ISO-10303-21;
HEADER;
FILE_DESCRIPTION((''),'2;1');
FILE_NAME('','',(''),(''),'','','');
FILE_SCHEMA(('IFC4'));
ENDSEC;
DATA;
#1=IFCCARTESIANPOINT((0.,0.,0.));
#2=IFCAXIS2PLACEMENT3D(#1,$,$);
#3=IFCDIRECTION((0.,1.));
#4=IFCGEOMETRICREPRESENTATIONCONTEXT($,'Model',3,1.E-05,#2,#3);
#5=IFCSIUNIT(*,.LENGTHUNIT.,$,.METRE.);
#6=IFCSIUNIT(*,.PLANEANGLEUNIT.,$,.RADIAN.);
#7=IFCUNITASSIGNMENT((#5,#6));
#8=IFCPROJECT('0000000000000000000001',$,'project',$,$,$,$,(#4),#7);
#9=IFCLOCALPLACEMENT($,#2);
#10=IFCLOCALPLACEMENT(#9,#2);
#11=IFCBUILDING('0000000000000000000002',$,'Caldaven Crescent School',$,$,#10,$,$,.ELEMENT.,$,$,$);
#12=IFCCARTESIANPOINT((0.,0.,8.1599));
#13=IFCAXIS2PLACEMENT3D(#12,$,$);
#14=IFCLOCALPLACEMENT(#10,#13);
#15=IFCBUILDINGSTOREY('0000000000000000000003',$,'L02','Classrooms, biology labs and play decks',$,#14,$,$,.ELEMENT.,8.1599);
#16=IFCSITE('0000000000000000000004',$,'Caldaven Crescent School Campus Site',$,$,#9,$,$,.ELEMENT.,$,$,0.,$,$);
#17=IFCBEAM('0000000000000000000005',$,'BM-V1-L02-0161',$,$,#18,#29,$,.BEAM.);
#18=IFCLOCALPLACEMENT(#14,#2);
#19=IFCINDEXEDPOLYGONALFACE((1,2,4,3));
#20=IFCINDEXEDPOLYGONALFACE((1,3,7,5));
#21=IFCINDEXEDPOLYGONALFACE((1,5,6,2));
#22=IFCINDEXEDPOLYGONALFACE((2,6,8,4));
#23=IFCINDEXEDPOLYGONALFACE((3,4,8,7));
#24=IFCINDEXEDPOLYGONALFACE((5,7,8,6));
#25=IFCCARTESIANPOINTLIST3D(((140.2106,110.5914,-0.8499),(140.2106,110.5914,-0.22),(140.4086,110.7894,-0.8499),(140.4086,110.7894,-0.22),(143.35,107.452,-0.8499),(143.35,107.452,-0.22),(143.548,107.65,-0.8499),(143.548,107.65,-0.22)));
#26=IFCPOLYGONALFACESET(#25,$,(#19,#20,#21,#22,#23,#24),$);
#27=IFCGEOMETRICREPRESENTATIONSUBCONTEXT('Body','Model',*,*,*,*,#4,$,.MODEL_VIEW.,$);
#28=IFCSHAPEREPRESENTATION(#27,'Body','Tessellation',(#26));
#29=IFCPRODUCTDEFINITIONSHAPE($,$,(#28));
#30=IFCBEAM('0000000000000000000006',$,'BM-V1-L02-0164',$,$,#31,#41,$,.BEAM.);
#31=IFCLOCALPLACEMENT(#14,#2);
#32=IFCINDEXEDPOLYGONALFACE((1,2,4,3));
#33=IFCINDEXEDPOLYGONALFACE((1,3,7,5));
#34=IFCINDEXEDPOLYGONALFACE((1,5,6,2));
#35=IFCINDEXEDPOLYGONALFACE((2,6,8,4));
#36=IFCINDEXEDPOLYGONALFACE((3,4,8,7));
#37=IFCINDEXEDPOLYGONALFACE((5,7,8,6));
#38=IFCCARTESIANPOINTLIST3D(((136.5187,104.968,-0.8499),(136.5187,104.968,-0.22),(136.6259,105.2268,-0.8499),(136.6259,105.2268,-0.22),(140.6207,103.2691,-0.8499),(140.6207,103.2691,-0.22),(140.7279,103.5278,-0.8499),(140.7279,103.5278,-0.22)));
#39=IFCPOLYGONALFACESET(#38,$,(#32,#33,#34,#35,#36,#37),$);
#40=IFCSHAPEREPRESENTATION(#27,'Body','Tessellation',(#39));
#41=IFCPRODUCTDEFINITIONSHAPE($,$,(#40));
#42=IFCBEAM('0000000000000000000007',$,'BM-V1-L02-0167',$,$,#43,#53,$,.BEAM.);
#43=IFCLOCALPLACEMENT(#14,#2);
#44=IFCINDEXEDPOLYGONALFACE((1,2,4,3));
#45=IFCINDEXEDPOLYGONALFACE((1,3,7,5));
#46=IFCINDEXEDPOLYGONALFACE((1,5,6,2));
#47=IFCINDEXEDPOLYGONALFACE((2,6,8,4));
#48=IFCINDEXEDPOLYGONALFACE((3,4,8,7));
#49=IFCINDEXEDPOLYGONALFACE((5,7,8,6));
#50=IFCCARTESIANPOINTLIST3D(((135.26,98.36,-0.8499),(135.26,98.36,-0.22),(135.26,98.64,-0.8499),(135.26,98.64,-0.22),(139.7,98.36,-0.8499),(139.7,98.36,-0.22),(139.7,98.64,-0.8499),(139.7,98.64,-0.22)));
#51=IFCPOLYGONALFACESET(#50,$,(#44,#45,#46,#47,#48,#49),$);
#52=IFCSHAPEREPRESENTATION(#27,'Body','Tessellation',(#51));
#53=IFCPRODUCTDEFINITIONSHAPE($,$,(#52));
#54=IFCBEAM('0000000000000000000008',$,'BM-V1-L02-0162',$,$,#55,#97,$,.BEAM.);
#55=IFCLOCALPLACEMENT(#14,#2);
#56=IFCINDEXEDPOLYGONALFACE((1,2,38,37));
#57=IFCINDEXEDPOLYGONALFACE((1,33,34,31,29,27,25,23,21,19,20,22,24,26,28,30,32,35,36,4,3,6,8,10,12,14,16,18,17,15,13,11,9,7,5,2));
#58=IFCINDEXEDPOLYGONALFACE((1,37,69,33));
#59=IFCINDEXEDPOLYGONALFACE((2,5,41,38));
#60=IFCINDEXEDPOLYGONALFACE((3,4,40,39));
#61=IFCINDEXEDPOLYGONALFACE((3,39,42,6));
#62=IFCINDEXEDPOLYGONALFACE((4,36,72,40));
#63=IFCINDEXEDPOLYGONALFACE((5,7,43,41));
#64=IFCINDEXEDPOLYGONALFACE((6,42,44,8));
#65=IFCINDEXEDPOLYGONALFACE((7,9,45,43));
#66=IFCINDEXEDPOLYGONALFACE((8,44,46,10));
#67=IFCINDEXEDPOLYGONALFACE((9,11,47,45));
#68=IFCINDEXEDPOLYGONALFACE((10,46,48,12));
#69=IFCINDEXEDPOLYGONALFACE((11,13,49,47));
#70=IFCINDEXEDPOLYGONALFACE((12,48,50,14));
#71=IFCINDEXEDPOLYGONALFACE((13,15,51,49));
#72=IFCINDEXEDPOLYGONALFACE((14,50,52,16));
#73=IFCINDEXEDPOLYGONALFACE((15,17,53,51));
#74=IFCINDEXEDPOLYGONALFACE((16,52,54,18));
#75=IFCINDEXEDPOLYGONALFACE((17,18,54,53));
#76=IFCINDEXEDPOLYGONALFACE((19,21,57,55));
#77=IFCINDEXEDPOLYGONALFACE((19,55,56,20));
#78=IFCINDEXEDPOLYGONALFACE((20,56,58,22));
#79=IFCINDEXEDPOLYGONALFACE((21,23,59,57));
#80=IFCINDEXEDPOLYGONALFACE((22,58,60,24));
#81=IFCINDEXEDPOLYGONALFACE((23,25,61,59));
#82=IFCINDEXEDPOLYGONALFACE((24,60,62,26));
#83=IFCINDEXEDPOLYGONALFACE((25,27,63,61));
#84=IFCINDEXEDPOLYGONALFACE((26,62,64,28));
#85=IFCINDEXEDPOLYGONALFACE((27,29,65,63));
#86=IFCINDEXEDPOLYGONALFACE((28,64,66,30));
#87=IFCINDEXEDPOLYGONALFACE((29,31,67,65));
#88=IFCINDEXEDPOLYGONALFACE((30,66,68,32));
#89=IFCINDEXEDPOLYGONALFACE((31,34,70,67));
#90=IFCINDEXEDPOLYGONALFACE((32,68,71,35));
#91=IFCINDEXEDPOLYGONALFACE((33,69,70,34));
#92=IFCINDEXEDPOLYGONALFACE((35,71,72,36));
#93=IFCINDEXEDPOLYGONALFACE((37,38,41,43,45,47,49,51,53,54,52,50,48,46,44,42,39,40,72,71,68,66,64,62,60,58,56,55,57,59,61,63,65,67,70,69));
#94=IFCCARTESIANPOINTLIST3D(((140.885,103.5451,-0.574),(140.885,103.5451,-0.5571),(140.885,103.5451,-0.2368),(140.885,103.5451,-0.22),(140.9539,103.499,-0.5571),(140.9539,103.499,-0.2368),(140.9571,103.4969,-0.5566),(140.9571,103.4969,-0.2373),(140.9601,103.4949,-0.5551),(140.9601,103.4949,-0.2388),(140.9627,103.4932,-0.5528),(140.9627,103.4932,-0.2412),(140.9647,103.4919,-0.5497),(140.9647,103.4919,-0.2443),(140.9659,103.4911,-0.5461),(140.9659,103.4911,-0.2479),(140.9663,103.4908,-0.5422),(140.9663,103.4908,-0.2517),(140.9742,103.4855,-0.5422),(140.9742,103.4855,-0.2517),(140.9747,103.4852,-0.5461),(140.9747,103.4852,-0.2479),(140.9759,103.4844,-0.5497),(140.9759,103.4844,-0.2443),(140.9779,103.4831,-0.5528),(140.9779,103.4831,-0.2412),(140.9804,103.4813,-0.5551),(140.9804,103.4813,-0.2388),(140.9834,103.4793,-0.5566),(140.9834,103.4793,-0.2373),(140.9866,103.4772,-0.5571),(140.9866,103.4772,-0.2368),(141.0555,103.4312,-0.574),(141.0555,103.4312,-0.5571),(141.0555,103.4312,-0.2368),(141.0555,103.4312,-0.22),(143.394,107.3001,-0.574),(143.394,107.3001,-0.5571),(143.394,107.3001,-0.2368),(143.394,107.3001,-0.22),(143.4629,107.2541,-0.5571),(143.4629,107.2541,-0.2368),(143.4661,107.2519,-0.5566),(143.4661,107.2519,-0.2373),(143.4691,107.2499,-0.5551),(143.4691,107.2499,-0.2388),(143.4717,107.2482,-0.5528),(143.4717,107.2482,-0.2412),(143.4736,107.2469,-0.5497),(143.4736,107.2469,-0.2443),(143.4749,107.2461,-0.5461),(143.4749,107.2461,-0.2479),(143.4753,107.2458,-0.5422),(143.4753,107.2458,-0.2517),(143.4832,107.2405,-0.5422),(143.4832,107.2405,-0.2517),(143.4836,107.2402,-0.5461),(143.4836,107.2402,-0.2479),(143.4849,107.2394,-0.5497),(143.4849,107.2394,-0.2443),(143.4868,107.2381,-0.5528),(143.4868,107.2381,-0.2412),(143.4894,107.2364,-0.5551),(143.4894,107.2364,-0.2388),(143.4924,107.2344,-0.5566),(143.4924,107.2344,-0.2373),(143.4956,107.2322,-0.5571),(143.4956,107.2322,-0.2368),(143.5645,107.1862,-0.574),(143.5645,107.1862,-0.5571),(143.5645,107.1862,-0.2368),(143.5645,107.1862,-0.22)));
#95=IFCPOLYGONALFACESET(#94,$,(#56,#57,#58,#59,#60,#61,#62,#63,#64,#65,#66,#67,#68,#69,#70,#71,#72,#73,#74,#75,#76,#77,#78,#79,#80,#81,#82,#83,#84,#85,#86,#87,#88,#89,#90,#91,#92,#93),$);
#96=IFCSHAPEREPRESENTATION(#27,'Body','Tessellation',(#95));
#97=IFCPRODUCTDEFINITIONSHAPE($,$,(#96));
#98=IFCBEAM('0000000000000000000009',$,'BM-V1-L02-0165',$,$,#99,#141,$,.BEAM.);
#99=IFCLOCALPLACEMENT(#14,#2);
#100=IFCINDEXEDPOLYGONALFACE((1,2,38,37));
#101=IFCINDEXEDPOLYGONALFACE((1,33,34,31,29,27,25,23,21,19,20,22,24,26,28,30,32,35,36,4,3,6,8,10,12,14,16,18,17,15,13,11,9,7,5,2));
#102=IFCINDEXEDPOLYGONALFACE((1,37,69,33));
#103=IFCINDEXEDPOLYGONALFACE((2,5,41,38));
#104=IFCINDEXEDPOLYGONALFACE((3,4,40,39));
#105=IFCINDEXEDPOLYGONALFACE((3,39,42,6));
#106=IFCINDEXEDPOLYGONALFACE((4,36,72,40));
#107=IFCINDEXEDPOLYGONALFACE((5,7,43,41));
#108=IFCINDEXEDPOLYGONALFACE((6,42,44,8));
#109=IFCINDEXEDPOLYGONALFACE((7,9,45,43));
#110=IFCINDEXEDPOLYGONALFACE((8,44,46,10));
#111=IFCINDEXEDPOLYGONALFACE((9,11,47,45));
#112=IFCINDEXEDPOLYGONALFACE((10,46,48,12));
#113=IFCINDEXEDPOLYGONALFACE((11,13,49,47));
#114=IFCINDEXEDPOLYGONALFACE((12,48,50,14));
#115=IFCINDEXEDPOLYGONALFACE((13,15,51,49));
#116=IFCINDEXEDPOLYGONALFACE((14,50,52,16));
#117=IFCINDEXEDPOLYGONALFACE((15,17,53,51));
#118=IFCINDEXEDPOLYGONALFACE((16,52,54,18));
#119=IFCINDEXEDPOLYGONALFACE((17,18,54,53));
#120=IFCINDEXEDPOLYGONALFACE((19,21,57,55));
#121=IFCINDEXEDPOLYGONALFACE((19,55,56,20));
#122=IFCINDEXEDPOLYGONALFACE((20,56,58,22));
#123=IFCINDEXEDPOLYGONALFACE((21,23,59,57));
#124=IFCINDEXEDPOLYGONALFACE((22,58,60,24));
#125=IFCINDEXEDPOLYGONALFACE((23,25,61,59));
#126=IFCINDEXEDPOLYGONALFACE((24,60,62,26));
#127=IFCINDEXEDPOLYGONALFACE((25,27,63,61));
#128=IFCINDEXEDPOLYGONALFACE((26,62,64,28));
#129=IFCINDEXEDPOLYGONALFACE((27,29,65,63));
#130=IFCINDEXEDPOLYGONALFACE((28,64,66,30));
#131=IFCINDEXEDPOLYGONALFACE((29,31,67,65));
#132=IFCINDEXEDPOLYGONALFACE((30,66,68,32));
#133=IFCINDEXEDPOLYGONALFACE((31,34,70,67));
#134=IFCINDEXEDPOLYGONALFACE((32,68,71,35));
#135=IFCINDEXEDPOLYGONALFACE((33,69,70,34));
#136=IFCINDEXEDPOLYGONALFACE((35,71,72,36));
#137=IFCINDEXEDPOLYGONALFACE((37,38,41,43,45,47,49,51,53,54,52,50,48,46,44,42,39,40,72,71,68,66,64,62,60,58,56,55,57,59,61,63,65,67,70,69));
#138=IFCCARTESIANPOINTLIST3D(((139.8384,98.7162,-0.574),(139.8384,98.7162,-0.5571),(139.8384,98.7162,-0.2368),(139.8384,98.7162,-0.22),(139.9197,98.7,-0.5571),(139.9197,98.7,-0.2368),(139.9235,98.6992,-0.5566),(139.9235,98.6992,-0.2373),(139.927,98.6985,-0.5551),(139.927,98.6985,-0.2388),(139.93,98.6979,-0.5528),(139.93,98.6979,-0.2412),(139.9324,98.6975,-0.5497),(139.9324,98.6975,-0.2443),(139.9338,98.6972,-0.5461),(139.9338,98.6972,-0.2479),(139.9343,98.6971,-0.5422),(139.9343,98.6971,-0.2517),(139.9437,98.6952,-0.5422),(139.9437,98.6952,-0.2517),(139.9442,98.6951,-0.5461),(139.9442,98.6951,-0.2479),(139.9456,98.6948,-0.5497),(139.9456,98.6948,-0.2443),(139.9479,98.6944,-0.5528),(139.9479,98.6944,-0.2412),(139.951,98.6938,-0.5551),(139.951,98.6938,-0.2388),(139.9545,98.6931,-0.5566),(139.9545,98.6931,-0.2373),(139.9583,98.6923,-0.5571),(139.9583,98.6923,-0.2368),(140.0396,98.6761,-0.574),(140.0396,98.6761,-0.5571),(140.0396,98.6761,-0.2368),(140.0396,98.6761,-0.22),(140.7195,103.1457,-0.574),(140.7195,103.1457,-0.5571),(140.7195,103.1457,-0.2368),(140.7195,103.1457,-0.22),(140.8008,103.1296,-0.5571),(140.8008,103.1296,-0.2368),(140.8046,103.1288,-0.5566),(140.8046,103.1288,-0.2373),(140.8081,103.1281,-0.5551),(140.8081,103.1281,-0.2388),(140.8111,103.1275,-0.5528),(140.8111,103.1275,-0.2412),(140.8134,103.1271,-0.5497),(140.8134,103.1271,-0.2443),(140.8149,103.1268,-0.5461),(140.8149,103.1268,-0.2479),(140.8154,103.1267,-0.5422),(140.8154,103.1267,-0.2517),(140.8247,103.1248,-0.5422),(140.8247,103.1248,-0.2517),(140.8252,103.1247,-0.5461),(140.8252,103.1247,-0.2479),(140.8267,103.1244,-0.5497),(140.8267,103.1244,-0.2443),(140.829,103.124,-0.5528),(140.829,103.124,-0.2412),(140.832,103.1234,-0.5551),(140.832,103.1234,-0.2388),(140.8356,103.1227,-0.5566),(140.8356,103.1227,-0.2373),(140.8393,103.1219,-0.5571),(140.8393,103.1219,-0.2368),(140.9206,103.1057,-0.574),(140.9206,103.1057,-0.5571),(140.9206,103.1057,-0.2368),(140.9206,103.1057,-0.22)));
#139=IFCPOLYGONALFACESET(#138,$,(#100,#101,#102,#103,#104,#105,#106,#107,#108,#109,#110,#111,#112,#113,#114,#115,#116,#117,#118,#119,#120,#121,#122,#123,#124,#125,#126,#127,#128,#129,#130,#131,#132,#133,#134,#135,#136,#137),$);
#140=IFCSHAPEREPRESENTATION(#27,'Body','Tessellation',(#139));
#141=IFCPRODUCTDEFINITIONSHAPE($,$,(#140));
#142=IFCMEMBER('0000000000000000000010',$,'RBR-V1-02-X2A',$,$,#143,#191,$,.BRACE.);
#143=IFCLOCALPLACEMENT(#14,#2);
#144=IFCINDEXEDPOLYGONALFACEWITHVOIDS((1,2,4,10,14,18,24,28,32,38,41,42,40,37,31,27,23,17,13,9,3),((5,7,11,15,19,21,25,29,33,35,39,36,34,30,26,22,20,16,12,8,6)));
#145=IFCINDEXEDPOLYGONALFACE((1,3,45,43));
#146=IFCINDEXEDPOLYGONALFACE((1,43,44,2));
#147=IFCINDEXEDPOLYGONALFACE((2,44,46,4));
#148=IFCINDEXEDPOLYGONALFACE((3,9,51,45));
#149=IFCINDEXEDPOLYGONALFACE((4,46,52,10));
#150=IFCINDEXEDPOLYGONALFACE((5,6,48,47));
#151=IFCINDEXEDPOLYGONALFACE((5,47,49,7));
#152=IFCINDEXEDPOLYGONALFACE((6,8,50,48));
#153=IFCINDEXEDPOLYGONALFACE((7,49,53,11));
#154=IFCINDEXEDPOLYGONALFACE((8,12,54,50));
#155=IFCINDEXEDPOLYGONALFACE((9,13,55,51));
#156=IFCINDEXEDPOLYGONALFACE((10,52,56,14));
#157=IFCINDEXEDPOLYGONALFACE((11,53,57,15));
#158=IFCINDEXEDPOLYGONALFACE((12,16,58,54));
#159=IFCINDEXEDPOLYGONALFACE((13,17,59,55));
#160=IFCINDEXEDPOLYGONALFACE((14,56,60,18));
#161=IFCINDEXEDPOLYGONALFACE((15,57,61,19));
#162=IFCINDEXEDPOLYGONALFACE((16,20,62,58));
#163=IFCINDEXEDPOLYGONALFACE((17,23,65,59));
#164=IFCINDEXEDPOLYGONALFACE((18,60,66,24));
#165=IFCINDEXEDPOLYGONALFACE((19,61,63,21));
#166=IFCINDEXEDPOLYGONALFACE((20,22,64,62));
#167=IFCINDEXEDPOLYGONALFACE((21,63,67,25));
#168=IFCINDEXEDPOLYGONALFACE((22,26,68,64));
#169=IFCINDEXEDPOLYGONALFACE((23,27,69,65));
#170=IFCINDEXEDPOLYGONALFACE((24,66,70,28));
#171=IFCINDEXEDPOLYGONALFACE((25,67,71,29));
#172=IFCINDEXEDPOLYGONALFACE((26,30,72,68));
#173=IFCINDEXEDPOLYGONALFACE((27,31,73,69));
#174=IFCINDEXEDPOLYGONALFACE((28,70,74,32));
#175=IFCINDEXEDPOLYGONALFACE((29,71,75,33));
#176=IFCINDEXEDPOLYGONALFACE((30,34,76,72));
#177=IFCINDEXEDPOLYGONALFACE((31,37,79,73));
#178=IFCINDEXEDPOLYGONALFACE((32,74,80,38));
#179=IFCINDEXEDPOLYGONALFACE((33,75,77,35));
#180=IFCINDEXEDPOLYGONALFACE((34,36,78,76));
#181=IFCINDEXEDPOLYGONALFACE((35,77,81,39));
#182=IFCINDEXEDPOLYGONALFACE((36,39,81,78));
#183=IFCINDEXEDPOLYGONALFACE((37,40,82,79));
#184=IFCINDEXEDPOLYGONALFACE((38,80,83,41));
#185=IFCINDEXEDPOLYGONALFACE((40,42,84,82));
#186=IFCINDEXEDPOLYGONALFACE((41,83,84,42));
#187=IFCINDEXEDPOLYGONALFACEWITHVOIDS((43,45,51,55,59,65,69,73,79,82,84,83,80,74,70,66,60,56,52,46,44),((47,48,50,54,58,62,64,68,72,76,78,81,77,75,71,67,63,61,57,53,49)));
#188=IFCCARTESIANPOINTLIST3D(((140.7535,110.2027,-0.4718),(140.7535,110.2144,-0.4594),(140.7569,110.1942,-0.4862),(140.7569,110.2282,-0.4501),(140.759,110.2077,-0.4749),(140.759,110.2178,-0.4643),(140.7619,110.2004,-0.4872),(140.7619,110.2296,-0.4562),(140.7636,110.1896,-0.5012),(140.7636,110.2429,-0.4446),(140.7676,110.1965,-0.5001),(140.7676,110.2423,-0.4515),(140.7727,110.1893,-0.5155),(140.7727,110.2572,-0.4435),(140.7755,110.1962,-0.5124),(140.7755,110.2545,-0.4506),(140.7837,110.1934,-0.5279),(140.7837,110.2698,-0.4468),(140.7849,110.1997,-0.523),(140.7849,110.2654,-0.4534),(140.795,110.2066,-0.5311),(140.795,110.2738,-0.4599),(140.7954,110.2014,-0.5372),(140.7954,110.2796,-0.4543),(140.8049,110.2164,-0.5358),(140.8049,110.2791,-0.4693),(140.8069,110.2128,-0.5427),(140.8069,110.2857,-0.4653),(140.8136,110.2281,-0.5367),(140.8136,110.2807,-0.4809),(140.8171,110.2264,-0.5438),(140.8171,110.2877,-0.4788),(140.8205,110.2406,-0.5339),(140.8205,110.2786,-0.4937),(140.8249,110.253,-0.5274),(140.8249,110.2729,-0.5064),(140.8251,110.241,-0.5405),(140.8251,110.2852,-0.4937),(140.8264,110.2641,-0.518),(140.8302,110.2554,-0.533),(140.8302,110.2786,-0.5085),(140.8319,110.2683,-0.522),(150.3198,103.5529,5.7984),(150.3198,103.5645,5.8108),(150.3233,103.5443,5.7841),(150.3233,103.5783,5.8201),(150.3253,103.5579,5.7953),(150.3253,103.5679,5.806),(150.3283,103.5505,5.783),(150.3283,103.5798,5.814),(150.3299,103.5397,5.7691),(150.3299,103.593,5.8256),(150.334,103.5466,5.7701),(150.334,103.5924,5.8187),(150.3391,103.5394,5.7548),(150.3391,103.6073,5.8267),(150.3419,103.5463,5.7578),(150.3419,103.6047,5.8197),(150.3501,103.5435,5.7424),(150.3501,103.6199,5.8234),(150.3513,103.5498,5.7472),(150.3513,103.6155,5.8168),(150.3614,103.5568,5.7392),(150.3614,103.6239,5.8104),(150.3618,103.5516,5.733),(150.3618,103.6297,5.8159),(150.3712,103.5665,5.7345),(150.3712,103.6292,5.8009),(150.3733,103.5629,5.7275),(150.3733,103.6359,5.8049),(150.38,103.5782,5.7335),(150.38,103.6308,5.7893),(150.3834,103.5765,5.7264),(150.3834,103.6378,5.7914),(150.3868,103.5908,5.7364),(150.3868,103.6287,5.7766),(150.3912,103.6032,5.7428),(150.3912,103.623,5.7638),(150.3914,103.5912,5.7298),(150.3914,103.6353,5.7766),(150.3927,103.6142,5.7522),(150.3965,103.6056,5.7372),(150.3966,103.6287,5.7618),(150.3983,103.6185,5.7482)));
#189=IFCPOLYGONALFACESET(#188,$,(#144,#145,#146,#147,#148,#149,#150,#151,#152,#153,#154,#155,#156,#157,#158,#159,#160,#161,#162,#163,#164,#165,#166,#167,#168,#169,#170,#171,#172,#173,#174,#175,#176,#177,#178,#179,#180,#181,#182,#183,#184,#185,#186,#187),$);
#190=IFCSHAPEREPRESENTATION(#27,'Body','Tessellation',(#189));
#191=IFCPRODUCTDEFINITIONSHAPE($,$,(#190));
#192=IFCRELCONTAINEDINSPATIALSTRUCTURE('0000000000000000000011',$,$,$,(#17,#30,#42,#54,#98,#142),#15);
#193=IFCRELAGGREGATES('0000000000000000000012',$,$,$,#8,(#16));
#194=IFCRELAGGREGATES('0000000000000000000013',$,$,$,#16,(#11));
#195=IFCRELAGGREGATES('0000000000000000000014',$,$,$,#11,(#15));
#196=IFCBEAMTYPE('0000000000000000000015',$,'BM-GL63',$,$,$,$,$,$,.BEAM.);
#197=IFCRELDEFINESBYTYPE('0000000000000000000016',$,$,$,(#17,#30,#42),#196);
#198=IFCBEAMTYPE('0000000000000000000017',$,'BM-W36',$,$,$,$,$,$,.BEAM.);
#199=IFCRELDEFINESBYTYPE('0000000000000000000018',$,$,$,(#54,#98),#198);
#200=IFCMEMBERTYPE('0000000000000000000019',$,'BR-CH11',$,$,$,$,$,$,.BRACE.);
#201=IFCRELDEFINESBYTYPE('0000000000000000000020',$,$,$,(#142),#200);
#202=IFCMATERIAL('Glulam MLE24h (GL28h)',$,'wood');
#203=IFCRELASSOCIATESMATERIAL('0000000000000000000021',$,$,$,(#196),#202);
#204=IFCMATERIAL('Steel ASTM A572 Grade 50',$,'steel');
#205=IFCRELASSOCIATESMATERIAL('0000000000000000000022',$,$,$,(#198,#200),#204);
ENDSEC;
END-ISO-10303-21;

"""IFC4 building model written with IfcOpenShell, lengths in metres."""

from ifc_helpers import new_model, si_unit, direction, frame, origin, origin_2d, place, context, subcontext, project, spatial, rectangle, hollow_circle, i_section, extrude, material, material_profile, profile_set, type_object, element, save


model = new_model("IFC4")

# Units and contexts
model_context = context("Model", 3, precision=1e-05, world=origin(), true_north=direction((0.0, 1.0)))
body_context = subcontext(model_context, "Body", "Model", "MODEL_VIEW")
ifc_project = project(units=[si_unit("LENGTHUNIT", "METRE"), si_unit("PLANEANGLEUNIT", "RADIAN")], contexts=[model_context])

# Site, building, storey
site_placement = place(None, origin())
site = spatial("IfcSite", under=ifc_project, at=site_placement, Name="Caldaven Crescent School Campus Site", CompositionType="ELEMENT", RefElevation=0.0)
building_placement = place(site_placement, origin())
building = spatial("IfcBuilding", under=site, at=building_placement, Name="Caldaven Crescent School", CompositionType="ELEMENT")
storey_placement = place(building_placement, frame((0.0, 0.0, 8.1599)))
storey = spatial("IfcBuildingStorey", under=building, at=storey_placement, Name="L02", Description="Classrooms, biology labs and play decks", CompositionType="ELEMENT", Elevation=8.1599)

# Beams
ifc_material_1 = material(Name="Glulam MLE24h (GL28h)", Category="wood")
ifc_material_profile_1 = material_profile(ifc_material_1, rectangle(XDim=0.28, YDim=0.6299, at=origin_2d()), Name="MLE 280x630")
ifc_profile_set_1 = profile_set([ifc_material_profile_1], Name="Glulam MLE24h (GL28h)")
beam_type_1 = type_object("IfcBeamType", Name="BM-GL63", PredefinedType="BEAM", material=ifc_profile_set_1)
beam_1_placement = place(storey_placement, frame((143.449, 107.551, -0.5349), z_axis=(-0.707107, 0.707107, 0.0), x_axis=(-0.707107, -0.707107, 0.0)))
element("IfcBeam", 1, at=beam_1_placement, inside=storey, type_object=beam_type_1, Name="BM-V1-L02-0161", PredefinedType="BEAM", context=body_context, shape_type="SweptSolid", body=[
    extrude(rectangle(XDim=0.28, YDim=0.6299, at=origin_2d()), origin(), (0.0, 0.0, 1.0), 4.4397),
])
for number, where, z_axis, x_axis, name in (
    (2, (140.6743, 103.3984, -0.5349), (-0.923892, 0.382655, 0.0), (-0.382655, -0.923892, 0.0), "BM-V1-L02-0164"),
    (3, (139.7, 98.5, -0.5349), (-1.0, 0.0, 0.0), (0.0, -1.0, 0.0), "BM-V1-L02-0167"),
):
    element("IfcBeam", number, at=place(storey_placement, frame(where, z_axis=z_axis, x_axis=x_axis)), inside=storey, type_object=beam_type_1, Name=name, PredefinedType="BEAM", context=body_context, shape_type="SweptSolid", body=[
        extrude(rectangle(XDim=0.28, YDim=0.6299, at=origin_2d()), origin(), (0.0, 0.0, 1.0), 4.4399),
    ])
ifc_material_2 = material(Name="Steel ASTM A572 Grade 50", Category="steel")
ifc_material_profile_2 = material_profile(ifc_material_2, i_section(OverallWidth=0.2051, OverallDepth=0.354, WebThickness=0.0095, FlangeThickness=0.0168, FilletRadius=0.0149, at=origin_2d()), Name="W360x79")
ifc_profile_set_2 = profile_set([ifc_material_profile_2], Name="Steel ASTM A572 Grade 50")
beam_type_2 = type_object("IfcBeamType", Name="BM-W36", PredefinedType="BEAM", material=ifc_profile_set_2)
beam_2_placement = place(storey_placement, frame((143.4792, 107.2432, -0.397), z_axis=(-0.555561, -0.831476, 0.0), x_axis=(0.831476, -0.555561, 0.0)))
element("IfcBeam", 4, at=beam_2_placement, inside=storey, type_object=beam_type_2, Name="BM-V1-L02-0162", PredefinedType="BEAM", context=body_context, shape_type="SweptSolid", body=[
    extrude(i_section(OverallWidth=0.2051, OverallDepth=0.354, WebThickness=0.0095, FlangeThickness=0.0168, FilletRadius=0.0149, at=origin_2d()), origin(), (0.0, 0.0, 1.0), 4.5161),
])
beam_3_placement = place(storey_placement, frame((140.8201, 103.1257, -0.397), z_axis=(-0.195087, -0.980786, 0.0), x_axis=(0.980786, -0.195087, 0.0)))
element("IfcBeam", 5, at=beam_3_placement, inside=storey, type_object=beam_type_2, Name="BM-V1-L02-0165", PredefinedType="BEAM", context=body_context, shape_type="SweptSolid", body=[
    extrude(i_section(OverallWidth=0.2051, OverallDepth=0.354, WebThickness=0.0095, FlangeThickness=0.0168, FilletRadius=0.0149, at=origin_2d()), origin(), (0.0, 0.0, 1.0), 4.5164),
])

# Member
ifc_material_profile_3 = material_profile(ifc_material_2, hollow_circle(Radius=0.0571, WallThickness=0.0081, at=origin_2d()), Name="CHS 114.3x8.0")
ifc_profile_set_3 = profile_set([ifc_material_profile_3], Name="Steel ASTM A572 Grade 50")
member_type_1 = type_object("IfcMemberType", Name="BR-CH11", PredefinedType="BRACE", material=ifc_profile_set_3)
member_1_placement = place(storey_placement, frame((140.7925, 110.2383, -0.4937), z_axis=(0.723042, -0.502608, 0.473915), x_axis=(0.570776, 0.821106, 0.0)))
element("IfcMember", 6, at=member_1_placement, inside=storey, type_object=member_type_1, Name="RBR-V1-02-X2A", PredefinedType="BRACE", context=body_context, shape_type="SweptSolid", body=[
    extrude(hollow_circle(Radius=0.0571, WallThickness=0.0081, at=origin_2d()), origin(), (0.0, 0.0, 1.0), 13.2307),
])

save(model, "model.ifc")
